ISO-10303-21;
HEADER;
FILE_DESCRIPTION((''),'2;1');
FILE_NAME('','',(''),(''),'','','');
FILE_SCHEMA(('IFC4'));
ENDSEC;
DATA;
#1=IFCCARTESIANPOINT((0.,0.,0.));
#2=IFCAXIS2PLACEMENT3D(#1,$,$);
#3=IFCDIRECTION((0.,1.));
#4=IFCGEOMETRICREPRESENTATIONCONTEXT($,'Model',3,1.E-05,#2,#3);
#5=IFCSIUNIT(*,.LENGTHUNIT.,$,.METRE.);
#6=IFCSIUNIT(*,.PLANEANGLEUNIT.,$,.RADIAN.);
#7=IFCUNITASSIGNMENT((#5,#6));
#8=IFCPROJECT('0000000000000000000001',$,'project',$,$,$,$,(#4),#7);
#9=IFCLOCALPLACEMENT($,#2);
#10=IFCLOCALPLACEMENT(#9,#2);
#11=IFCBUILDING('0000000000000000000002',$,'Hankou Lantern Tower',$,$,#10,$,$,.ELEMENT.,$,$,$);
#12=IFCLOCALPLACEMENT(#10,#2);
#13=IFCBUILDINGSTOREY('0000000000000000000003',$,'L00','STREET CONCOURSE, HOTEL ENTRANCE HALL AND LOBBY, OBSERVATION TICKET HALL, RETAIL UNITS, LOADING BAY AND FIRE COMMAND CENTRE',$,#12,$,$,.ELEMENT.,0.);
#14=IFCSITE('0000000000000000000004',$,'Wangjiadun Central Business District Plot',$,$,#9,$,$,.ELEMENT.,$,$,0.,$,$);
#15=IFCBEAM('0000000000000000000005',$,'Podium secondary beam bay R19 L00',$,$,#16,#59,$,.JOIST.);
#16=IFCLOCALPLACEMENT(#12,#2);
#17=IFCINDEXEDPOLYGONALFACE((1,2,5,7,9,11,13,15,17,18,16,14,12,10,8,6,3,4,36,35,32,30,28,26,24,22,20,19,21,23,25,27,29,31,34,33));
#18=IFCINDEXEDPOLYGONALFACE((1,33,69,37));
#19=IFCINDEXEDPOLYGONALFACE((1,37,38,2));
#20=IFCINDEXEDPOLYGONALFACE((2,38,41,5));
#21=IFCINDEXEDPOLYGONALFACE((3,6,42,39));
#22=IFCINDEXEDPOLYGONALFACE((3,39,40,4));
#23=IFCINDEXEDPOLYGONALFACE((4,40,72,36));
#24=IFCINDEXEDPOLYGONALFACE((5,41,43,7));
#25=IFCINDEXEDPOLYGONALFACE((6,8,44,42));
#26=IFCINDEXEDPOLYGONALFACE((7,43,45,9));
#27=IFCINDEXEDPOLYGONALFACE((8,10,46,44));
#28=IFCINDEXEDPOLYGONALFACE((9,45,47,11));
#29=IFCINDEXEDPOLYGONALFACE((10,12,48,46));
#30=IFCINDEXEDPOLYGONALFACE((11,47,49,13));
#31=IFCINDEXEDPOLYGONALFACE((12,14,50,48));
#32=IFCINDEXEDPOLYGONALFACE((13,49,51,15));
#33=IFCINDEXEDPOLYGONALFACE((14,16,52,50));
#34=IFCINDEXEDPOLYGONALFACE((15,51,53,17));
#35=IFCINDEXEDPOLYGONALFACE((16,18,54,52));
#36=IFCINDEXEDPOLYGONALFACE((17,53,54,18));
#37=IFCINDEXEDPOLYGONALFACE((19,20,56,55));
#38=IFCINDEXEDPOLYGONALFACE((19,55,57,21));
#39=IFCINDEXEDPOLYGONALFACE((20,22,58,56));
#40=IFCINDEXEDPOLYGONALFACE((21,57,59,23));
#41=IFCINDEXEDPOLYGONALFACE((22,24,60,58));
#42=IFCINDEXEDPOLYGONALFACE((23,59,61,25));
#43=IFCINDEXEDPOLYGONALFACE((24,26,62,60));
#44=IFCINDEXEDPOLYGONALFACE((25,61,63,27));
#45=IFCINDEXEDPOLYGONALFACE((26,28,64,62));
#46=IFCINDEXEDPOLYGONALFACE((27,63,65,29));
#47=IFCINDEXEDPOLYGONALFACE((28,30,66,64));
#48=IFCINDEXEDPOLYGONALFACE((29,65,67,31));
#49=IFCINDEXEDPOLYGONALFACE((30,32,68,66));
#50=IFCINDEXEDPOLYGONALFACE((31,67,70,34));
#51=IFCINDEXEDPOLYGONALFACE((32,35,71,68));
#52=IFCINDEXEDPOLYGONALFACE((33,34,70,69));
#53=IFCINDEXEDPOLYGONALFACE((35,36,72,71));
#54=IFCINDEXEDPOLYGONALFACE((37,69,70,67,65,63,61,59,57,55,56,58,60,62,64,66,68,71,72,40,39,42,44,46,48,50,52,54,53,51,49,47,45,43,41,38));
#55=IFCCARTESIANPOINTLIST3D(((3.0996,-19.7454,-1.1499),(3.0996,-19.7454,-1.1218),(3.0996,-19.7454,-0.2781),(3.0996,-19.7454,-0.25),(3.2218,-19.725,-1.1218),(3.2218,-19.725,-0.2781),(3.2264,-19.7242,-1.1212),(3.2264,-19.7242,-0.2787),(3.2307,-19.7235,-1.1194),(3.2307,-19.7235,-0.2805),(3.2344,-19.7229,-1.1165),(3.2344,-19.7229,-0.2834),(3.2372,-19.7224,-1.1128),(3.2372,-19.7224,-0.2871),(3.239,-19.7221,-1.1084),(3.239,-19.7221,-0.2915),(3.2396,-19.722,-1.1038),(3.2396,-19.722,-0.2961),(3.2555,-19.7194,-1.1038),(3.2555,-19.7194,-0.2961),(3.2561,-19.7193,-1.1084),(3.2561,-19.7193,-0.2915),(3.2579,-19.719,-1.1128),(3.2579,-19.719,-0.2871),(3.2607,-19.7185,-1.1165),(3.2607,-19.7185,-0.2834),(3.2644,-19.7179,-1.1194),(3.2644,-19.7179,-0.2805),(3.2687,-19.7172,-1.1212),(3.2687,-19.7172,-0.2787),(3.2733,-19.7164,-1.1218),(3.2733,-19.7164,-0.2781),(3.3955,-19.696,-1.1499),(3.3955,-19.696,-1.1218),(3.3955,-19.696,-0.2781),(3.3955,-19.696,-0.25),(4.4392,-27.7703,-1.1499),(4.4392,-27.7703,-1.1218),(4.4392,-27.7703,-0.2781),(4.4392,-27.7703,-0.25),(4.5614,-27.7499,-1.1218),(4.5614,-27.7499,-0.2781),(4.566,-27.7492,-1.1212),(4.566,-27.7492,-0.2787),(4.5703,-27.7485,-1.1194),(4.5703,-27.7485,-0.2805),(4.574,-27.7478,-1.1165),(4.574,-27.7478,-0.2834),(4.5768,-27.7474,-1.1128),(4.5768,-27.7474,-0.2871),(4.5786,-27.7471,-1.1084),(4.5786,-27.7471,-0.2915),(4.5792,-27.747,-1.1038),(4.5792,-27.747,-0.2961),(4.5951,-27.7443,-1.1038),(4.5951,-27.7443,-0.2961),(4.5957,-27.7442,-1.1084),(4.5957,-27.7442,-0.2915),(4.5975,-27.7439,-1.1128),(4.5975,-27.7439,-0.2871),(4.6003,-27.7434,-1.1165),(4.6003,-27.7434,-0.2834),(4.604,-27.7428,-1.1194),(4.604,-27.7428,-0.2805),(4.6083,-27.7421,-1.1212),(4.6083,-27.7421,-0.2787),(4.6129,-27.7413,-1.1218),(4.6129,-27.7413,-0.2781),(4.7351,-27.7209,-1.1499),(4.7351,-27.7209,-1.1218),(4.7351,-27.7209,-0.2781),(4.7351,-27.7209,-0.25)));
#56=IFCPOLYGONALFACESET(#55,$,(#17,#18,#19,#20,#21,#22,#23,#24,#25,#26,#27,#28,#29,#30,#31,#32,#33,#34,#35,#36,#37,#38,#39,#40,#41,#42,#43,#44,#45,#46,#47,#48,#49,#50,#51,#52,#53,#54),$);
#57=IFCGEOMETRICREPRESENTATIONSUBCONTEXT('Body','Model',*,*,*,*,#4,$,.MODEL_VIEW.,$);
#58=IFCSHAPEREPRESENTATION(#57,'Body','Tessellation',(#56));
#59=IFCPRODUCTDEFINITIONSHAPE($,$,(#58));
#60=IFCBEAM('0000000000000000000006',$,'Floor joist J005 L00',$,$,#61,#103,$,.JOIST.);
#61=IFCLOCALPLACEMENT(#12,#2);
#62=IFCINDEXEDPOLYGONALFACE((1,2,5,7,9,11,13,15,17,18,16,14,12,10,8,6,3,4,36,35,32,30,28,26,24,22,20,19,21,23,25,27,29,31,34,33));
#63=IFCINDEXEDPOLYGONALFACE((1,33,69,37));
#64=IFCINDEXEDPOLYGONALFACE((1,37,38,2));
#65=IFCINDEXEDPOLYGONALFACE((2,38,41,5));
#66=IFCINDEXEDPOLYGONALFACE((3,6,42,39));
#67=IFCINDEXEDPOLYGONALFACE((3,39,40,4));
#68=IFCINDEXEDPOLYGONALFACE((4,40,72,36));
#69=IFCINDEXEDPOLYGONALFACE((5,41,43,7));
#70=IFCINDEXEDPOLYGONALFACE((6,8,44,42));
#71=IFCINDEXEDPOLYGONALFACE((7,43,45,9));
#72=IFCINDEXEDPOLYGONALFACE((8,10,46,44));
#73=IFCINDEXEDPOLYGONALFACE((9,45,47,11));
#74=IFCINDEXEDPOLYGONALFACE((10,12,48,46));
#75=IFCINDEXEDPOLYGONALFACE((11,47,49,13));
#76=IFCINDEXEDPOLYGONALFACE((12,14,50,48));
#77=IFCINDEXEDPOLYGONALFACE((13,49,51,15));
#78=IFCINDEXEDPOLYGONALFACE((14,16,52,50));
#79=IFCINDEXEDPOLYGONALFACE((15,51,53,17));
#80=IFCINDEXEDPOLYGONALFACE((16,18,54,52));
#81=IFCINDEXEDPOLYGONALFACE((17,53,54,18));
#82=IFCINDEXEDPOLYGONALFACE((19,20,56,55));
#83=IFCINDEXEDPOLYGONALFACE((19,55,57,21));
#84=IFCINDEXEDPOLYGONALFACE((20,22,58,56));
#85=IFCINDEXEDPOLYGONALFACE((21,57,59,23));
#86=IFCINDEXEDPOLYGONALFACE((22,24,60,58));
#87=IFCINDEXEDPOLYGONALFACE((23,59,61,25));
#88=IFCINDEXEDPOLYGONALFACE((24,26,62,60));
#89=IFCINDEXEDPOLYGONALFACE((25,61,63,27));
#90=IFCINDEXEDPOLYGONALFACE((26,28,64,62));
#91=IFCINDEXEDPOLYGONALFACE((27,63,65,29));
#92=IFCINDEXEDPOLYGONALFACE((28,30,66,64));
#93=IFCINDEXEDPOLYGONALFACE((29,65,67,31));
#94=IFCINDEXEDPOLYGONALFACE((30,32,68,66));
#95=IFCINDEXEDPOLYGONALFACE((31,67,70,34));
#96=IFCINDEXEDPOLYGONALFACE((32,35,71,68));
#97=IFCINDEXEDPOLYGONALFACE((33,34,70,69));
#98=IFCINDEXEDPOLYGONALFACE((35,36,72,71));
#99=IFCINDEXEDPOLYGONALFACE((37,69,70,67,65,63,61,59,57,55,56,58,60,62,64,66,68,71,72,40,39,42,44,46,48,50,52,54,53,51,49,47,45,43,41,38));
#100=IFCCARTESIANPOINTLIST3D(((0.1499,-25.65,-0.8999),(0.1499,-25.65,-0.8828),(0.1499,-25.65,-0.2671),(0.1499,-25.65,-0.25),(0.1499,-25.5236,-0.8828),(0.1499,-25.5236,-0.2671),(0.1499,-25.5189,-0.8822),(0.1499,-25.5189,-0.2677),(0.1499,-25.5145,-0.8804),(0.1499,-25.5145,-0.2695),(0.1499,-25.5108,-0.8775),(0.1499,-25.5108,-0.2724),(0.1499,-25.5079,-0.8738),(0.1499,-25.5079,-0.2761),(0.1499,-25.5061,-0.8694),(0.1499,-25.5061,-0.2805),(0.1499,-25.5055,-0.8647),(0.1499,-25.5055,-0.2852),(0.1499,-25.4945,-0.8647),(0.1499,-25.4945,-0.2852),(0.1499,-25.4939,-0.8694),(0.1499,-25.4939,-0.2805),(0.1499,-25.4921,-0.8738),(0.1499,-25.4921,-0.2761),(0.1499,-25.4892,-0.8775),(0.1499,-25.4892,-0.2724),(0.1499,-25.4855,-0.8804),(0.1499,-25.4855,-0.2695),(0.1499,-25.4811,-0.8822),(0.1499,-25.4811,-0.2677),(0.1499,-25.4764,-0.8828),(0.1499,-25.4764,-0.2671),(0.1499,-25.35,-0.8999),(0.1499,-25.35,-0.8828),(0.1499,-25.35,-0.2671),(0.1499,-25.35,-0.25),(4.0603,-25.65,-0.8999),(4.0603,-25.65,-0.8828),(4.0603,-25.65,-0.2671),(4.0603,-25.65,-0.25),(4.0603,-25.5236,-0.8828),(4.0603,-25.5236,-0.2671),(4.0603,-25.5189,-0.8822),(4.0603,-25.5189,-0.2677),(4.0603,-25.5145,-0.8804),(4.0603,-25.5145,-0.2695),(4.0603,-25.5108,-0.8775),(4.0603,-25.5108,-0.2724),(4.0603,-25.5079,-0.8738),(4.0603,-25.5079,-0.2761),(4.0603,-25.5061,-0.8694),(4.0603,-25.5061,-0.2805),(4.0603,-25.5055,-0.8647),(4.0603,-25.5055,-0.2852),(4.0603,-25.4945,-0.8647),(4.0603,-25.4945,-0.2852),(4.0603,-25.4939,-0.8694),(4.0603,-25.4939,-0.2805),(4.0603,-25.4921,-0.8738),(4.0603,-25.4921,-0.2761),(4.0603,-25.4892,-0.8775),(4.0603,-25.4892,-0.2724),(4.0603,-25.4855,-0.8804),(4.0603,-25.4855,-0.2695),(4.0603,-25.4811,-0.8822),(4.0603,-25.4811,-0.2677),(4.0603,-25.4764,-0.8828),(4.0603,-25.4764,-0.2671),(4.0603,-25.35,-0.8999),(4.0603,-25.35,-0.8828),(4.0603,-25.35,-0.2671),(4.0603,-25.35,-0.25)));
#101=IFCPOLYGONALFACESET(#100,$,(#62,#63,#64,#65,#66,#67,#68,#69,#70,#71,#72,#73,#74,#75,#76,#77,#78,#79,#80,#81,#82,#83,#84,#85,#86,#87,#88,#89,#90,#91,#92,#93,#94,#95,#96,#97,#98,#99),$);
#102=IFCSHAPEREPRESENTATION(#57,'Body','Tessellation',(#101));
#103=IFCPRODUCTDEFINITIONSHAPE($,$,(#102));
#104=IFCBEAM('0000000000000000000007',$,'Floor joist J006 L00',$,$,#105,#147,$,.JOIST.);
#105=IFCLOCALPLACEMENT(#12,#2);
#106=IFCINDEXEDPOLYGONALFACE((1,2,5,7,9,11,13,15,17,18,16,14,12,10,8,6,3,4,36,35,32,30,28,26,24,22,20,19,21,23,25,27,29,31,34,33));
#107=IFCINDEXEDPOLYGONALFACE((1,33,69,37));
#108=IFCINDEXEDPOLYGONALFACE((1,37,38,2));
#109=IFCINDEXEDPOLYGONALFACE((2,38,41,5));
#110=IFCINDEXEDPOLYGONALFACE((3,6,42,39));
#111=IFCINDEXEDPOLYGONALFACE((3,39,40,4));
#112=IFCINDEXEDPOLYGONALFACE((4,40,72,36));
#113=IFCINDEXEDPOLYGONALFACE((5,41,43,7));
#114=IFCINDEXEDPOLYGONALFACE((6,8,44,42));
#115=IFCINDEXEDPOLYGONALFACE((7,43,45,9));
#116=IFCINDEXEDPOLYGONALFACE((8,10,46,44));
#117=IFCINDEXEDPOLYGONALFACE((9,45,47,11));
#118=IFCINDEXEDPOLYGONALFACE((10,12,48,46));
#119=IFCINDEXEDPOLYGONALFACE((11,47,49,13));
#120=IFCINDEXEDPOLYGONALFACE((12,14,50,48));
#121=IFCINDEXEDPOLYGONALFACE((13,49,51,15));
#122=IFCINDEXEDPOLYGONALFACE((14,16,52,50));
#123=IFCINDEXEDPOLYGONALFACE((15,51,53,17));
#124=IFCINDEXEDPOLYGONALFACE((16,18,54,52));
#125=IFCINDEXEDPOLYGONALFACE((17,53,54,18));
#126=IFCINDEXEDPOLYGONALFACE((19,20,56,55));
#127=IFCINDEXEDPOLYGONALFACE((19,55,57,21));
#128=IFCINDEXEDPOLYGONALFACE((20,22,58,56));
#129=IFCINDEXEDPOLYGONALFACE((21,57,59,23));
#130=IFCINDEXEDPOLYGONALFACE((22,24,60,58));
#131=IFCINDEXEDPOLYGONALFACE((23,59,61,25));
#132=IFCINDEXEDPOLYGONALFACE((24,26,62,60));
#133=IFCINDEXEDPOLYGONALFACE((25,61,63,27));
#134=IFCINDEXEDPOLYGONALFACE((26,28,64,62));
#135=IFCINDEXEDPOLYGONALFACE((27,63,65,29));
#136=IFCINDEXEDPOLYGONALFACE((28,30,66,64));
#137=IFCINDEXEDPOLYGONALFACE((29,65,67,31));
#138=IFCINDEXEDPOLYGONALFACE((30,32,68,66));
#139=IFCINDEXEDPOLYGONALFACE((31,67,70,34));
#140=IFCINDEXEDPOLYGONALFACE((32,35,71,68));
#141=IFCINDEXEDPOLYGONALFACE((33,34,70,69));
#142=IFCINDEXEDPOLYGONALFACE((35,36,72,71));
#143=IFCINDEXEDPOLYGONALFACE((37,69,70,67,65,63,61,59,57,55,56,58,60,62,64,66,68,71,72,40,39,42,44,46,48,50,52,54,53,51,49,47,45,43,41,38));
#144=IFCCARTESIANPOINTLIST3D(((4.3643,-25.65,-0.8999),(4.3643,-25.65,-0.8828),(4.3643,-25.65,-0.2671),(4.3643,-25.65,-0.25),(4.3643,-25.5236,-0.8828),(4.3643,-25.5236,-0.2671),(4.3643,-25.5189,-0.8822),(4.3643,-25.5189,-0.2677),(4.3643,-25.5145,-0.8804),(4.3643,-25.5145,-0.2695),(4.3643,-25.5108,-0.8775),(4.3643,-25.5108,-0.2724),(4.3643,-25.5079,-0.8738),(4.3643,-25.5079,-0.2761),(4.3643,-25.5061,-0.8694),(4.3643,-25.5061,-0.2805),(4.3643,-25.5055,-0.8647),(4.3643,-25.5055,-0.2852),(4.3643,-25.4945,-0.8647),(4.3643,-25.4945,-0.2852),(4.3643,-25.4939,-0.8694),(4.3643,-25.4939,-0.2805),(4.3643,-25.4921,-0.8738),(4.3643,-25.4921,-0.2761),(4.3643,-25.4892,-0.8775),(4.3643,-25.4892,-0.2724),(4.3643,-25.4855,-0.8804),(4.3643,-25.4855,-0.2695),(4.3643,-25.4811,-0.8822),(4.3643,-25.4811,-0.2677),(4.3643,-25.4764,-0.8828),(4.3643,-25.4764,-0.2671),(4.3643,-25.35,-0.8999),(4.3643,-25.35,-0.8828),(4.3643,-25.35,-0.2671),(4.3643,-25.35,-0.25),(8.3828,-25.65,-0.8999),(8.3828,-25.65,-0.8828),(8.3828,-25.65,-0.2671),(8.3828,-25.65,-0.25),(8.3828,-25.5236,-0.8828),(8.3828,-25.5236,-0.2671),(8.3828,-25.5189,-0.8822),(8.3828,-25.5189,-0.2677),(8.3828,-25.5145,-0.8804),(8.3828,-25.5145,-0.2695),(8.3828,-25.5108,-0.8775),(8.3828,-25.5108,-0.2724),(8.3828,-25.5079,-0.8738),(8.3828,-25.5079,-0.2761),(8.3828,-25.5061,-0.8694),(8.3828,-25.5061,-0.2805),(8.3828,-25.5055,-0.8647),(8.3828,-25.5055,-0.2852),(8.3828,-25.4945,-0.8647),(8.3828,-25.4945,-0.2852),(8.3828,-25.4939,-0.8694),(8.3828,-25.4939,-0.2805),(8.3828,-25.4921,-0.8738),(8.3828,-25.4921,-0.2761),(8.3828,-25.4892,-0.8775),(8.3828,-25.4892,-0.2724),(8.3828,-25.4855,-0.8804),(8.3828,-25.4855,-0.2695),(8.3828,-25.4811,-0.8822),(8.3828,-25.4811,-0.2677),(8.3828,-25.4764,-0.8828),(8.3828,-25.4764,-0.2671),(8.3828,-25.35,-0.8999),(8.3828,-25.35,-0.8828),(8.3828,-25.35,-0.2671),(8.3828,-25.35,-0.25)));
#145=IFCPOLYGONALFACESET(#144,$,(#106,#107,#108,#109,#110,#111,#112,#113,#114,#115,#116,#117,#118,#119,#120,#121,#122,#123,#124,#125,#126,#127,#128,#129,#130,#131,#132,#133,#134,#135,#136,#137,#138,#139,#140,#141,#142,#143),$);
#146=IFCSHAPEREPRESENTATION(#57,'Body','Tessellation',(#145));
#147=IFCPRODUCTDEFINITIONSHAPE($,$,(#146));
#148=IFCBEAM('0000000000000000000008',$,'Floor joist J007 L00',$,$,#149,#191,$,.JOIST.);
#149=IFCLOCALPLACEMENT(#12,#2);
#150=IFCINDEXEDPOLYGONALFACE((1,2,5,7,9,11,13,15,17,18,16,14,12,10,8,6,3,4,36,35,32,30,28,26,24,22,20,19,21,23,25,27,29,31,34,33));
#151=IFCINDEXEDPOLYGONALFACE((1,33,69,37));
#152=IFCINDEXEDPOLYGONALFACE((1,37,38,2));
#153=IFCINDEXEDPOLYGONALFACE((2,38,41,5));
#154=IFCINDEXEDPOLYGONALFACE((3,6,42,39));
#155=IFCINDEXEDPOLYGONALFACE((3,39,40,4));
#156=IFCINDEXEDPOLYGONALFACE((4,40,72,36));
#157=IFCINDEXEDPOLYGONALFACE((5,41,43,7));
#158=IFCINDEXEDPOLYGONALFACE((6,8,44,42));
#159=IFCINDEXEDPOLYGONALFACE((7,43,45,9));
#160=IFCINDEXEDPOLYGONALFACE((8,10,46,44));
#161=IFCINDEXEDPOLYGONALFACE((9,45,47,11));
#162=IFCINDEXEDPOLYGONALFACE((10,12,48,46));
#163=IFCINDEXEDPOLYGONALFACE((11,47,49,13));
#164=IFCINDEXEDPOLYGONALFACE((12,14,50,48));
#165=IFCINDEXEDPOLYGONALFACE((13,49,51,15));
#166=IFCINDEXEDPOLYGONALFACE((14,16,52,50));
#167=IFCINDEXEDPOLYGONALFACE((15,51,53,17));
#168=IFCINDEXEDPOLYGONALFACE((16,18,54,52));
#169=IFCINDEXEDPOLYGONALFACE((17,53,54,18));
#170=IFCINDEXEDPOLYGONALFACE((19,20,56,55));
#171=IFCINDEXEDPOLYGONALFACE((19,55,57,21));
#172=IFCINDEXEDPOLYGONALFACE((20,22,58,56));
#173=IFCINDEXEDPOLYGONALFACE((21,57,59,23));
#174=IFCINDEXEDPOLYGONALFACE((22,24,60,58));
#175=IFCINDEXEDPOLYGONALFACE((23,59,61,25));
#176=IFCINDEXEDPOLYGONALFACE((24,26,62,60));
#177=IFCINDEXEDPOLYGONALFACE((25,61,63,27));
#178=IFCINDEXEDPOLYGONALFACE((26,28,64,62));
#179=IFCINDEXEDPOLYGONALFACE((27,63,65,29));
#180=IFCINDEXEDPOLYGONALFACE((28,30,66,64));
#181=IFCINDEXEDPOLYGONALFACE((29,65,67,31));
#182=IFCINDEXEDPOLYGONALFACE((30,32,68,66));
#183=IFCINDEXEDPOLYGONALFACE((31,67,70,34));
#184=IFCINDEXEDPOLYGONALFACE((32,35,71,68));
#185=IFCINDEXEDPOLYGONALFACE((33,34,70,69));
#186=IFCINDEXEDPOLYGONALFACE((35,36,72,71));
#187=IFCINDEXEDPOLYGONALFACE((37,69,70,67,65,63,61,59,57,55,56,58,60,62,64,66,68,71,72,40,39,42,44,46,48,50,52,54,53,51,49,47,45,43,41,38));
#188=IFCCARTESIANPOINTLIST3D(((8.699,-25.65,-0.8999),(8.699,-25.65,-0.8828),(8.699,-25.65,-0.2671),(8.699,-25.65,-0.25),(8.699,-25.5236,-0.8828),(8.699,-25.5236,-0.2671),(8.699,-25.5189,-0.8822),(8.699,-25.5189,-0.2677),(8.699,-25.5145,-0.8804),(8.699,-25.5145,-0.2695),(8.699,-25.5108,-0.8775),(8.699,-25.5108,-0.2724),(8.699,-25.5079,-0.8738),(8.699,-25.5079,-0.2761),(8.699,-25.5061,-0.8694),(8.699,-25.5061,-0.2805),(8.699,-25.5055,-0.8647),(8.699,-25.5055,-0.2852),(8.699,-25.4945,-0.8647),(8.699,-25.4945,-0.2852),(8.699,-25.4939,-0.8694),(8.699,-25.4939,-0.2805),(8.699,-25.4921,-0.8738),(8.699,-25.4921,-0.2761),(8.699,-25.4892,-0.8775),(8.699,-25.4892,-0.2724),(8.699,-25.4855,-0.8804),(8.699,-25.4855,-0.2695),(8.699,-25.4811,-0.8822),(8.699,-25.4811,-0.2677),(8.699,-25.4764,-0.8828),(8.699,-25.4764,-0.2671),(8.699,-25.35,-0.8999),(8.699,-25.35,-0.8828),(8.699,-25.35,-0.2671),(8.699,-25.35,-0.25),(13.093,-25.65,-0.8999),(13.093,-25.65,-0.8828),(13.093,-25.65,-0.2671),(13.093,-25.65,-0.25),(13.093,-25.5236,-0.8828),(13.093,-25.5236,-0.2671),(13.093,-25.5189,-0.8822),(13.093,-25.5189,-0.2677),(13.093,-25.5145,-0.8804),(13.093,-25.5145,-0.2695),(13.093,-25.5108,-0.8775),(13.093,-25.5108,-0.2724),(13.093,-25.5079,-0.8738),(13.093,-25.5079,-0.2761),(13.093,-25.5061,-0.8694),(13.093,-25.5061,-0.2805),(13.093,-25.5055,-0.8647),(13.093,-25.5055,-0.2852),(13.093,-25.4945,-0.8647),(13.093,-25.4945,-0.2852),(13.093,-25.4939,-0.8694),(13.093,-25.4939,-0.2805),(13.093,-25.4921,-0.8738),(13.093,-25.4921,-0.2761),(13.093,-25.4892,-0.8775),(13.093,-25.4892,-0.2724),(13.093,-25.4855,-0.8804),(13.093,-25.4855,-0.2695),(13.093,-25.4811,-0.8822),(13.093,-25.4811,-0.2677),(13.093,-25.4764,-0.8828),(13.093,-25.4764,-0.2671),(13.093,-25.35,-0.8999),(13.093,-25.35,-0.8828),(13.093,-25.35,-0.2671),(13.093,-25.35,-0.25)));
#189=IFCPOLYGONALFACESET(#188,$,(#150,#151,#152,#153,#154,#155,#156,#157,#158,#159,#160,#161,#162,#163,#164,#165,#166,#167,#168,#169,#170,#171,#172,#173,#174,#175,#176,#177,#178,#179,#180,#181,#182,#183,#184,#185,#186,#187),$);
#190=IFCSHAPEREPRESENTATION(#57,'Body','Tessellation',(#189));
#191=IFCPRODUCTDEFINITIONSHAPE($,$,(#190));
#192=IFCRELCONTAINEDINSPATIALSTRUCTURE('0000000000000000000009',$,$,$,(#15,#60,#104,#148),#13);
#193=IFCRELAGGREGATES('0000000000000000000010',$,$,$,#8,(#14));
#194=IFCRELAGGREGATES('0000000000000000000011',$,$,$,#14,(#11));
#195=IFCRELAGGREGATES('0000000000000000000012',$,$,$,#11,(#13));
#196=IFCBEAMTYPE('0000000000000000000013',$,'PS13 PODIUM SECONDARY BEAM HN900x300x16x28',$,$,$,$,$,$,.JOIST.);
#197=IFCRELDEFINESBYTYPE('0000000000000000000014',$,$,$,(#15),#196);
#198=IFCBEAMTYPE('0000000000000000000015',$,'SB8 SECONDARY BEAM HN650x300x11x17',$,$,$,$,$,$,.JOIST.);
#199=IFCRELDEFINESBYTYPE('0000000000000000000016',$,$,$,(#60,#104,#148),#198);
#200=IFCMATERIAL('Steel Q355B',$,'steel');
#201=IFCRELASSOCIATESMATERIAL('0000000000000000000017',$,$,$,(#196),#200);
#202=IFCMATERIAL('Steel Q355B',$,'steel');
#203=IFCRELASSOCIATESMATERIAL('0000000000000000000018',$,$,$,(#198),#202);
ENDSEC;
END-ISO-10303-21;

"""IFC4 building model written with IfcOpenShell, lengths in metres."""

from ifc_helpers import new_model, si_unit, direction, frame, origin, origin_2d, place, context, subcontext, project, spatial, i_section, extrude, material, material_profile, profile_set, type_object, element, save


model = new_model("IFC4")

# Units and contexts
model_context = context("Model", 3, precision=1e-05, world=origin(), true_north=direction((0.0, 1.0)))
body_context = subcontext(model_context, "Body", "Model", "MODEL_VIEW")
ifc_project = project(units=[si_unit("LENGTHUNIT", "METRE"), si_unit("PLANEANGLEUNIT", "RADIAN")], contexts=[model_context])

# Site, building, storey
site_placement = place(None, origin())
site = spatial("IfcSite", under=ifc_project, at=site_placement, Name="Wangjiadun Central Business District Plot", CompositionType="ELEMENT", RefElevation=0.0)
building_placement = place(site_placement, origin())
building = spatial("IfcBuilding", under=site, at=building_placement, Name="Hankou Lantern Tower", CompositionType="ELEMENT")
storey_placement = place(building_placement, origin())
storey = spatial("IfcBuildingStorey", under=building, at=storey_placement, Name="L00", Description="STREET CONCOURSE, HOTEL ENTRANCE HALL AND LOBBY, OBSERVATION TICKET HALL, RETAIL UNITS, LOADING BAY AND FIRE COMMAND CENTRE", CompositionType="ELEMENT", Elevation=0.0)

# Beams
ifc_material_1 = material(Name="Steel Q355B", Category="steel")
ifc_material_profile_1 = material_profile(ifc_material_1, i_section(OverallWidth=0.3, OverallDepth=0.8999, WebThickness=0.0161, FlangeThickness=0.0281, FilletRadius=0.0181, at=origin_2d()), Name="HN900x300x16x28")
ifc_profile_set_1 = profile_set([ifc_material_profile_1], Name="Steel Q355B")
beam_type_1 = type_object("IfcBeamType", Name="PS13 PODIUM SECONDARY BEAM HN900x300x16x28", PredefinedType="JOIST", material=ifc_profile_set_1)
beam_1_placement = place(storey_placement, frame((3.2476, -19.7207, -0.7), z_axis=(0.164652, -0.986352, 0.0), x_axis=(0.986352, 0.164652, 0.0)))
element("IfcBeam", 1, at=beam_1_placement, inside=storey, type_object=beam_type_1, Name="Podium secondary beam bay R19 L00", PredefinedType="JOIST", context=body_context, shape_type="SweptSolid", body=[
    extrude(i_section(OverallWidth=0.3, OverallDepth=0.8999, WebThickness=0.0161, FlangeThickness=0.0281, FilletRadius=0.0181, at=origin_2d()), origin(), (0.0, 0.0, 1.0), 8.136),
])
ifc_material_2 = material(Name="Steel Q355B", Category="steel")
ifc_material_profile_2 = material_profile(ifc_material_2, i_section(OverallWidth=0.3, OverallDepth=0.6499, WebThickness=0.011, FlangeThickness=0.0171, FilletRadius=0.0181, at=origin_2d()), Name="HN650x300x11x17")
ifc_profile_set_2 = profile_set([ifc_material_profile_2], Name="Steel Q355B")
beam_type_2 = type_object("IfcBeamType", Name="SB8 SECONDARY BEAM HN650x300x11x17", PredefinedType="JOIST", material=ifc_profile_set_2)
beam_2_placement = place(storey_placement, frame((0.1499, -25.5, -0.575), z_axis=(1.0, 0.0, 0.0), x_axis=(0.0, 1.0, 0.0)))
element("IfcBeam", 2, at=beam_2_placement, inside=storey, type_object=beam_type_2, Name="Floor joist J005 L00", PredefinedType="JOIST", context=body_context, shape_type="SweptSolid", body=[
    extrude(i_section(OverallWidth=0.3, OverallDepth=0.6499, WebThickness=0.011, FlangeThickness=0.0171, FilletRadius=0.0181, at=origin_2d()), origin(), (0.0, 0.0, 1.0), 3.9104),
])
beam_3_placement = place(storey_placement, frame((4.3643, -25.5, -0.575), z_axis=(1.0, 0.0, 0.0), x_axis=(0.0, 1.0, 0.0)))
element("IfcBeam", 3, at=beam_3_placement, inside=storey, type_object=beam_type_2, Name="Floor joist J006 L00", PredefinedType="JOIST", context=body_context, shape_type="SweptSolid", body=[
    extrude(i_section(OverallWidth=0.3, OverallDepth=0.6499, WebThickness=0.011, FlangeThickness=0.0171, FilletRadius=0.0181, at=origin_2d()), origin(), (0.0, 0.0, 1.0), 4.0186),
])
beam_4_placement = place(storey_placement, frame((8.699, -25.5, -0.575), z_axis=(1.0, 0.0, 0.0), x_axis=(0.0, 1.0, 0.0)))
element("IfcBeam", 4, at=beam_4_placement, inside=storey, type_object=beam_type_2, Name="Floor joist J007 L00", PredefinedType="JOIST", context=body_context, shape_type="SweptSolid", body=[
    extrude(i_section(OverallWidth=0.3, OverallDepth=0.6499, WebThickness=0.011, FlangeThickness=0.0171, FilletRadius=0.0181, at=origin_2d()), origin(), (0.0, 0.0, 1.0), 4.394),
])

save(model, "model.ifc")
